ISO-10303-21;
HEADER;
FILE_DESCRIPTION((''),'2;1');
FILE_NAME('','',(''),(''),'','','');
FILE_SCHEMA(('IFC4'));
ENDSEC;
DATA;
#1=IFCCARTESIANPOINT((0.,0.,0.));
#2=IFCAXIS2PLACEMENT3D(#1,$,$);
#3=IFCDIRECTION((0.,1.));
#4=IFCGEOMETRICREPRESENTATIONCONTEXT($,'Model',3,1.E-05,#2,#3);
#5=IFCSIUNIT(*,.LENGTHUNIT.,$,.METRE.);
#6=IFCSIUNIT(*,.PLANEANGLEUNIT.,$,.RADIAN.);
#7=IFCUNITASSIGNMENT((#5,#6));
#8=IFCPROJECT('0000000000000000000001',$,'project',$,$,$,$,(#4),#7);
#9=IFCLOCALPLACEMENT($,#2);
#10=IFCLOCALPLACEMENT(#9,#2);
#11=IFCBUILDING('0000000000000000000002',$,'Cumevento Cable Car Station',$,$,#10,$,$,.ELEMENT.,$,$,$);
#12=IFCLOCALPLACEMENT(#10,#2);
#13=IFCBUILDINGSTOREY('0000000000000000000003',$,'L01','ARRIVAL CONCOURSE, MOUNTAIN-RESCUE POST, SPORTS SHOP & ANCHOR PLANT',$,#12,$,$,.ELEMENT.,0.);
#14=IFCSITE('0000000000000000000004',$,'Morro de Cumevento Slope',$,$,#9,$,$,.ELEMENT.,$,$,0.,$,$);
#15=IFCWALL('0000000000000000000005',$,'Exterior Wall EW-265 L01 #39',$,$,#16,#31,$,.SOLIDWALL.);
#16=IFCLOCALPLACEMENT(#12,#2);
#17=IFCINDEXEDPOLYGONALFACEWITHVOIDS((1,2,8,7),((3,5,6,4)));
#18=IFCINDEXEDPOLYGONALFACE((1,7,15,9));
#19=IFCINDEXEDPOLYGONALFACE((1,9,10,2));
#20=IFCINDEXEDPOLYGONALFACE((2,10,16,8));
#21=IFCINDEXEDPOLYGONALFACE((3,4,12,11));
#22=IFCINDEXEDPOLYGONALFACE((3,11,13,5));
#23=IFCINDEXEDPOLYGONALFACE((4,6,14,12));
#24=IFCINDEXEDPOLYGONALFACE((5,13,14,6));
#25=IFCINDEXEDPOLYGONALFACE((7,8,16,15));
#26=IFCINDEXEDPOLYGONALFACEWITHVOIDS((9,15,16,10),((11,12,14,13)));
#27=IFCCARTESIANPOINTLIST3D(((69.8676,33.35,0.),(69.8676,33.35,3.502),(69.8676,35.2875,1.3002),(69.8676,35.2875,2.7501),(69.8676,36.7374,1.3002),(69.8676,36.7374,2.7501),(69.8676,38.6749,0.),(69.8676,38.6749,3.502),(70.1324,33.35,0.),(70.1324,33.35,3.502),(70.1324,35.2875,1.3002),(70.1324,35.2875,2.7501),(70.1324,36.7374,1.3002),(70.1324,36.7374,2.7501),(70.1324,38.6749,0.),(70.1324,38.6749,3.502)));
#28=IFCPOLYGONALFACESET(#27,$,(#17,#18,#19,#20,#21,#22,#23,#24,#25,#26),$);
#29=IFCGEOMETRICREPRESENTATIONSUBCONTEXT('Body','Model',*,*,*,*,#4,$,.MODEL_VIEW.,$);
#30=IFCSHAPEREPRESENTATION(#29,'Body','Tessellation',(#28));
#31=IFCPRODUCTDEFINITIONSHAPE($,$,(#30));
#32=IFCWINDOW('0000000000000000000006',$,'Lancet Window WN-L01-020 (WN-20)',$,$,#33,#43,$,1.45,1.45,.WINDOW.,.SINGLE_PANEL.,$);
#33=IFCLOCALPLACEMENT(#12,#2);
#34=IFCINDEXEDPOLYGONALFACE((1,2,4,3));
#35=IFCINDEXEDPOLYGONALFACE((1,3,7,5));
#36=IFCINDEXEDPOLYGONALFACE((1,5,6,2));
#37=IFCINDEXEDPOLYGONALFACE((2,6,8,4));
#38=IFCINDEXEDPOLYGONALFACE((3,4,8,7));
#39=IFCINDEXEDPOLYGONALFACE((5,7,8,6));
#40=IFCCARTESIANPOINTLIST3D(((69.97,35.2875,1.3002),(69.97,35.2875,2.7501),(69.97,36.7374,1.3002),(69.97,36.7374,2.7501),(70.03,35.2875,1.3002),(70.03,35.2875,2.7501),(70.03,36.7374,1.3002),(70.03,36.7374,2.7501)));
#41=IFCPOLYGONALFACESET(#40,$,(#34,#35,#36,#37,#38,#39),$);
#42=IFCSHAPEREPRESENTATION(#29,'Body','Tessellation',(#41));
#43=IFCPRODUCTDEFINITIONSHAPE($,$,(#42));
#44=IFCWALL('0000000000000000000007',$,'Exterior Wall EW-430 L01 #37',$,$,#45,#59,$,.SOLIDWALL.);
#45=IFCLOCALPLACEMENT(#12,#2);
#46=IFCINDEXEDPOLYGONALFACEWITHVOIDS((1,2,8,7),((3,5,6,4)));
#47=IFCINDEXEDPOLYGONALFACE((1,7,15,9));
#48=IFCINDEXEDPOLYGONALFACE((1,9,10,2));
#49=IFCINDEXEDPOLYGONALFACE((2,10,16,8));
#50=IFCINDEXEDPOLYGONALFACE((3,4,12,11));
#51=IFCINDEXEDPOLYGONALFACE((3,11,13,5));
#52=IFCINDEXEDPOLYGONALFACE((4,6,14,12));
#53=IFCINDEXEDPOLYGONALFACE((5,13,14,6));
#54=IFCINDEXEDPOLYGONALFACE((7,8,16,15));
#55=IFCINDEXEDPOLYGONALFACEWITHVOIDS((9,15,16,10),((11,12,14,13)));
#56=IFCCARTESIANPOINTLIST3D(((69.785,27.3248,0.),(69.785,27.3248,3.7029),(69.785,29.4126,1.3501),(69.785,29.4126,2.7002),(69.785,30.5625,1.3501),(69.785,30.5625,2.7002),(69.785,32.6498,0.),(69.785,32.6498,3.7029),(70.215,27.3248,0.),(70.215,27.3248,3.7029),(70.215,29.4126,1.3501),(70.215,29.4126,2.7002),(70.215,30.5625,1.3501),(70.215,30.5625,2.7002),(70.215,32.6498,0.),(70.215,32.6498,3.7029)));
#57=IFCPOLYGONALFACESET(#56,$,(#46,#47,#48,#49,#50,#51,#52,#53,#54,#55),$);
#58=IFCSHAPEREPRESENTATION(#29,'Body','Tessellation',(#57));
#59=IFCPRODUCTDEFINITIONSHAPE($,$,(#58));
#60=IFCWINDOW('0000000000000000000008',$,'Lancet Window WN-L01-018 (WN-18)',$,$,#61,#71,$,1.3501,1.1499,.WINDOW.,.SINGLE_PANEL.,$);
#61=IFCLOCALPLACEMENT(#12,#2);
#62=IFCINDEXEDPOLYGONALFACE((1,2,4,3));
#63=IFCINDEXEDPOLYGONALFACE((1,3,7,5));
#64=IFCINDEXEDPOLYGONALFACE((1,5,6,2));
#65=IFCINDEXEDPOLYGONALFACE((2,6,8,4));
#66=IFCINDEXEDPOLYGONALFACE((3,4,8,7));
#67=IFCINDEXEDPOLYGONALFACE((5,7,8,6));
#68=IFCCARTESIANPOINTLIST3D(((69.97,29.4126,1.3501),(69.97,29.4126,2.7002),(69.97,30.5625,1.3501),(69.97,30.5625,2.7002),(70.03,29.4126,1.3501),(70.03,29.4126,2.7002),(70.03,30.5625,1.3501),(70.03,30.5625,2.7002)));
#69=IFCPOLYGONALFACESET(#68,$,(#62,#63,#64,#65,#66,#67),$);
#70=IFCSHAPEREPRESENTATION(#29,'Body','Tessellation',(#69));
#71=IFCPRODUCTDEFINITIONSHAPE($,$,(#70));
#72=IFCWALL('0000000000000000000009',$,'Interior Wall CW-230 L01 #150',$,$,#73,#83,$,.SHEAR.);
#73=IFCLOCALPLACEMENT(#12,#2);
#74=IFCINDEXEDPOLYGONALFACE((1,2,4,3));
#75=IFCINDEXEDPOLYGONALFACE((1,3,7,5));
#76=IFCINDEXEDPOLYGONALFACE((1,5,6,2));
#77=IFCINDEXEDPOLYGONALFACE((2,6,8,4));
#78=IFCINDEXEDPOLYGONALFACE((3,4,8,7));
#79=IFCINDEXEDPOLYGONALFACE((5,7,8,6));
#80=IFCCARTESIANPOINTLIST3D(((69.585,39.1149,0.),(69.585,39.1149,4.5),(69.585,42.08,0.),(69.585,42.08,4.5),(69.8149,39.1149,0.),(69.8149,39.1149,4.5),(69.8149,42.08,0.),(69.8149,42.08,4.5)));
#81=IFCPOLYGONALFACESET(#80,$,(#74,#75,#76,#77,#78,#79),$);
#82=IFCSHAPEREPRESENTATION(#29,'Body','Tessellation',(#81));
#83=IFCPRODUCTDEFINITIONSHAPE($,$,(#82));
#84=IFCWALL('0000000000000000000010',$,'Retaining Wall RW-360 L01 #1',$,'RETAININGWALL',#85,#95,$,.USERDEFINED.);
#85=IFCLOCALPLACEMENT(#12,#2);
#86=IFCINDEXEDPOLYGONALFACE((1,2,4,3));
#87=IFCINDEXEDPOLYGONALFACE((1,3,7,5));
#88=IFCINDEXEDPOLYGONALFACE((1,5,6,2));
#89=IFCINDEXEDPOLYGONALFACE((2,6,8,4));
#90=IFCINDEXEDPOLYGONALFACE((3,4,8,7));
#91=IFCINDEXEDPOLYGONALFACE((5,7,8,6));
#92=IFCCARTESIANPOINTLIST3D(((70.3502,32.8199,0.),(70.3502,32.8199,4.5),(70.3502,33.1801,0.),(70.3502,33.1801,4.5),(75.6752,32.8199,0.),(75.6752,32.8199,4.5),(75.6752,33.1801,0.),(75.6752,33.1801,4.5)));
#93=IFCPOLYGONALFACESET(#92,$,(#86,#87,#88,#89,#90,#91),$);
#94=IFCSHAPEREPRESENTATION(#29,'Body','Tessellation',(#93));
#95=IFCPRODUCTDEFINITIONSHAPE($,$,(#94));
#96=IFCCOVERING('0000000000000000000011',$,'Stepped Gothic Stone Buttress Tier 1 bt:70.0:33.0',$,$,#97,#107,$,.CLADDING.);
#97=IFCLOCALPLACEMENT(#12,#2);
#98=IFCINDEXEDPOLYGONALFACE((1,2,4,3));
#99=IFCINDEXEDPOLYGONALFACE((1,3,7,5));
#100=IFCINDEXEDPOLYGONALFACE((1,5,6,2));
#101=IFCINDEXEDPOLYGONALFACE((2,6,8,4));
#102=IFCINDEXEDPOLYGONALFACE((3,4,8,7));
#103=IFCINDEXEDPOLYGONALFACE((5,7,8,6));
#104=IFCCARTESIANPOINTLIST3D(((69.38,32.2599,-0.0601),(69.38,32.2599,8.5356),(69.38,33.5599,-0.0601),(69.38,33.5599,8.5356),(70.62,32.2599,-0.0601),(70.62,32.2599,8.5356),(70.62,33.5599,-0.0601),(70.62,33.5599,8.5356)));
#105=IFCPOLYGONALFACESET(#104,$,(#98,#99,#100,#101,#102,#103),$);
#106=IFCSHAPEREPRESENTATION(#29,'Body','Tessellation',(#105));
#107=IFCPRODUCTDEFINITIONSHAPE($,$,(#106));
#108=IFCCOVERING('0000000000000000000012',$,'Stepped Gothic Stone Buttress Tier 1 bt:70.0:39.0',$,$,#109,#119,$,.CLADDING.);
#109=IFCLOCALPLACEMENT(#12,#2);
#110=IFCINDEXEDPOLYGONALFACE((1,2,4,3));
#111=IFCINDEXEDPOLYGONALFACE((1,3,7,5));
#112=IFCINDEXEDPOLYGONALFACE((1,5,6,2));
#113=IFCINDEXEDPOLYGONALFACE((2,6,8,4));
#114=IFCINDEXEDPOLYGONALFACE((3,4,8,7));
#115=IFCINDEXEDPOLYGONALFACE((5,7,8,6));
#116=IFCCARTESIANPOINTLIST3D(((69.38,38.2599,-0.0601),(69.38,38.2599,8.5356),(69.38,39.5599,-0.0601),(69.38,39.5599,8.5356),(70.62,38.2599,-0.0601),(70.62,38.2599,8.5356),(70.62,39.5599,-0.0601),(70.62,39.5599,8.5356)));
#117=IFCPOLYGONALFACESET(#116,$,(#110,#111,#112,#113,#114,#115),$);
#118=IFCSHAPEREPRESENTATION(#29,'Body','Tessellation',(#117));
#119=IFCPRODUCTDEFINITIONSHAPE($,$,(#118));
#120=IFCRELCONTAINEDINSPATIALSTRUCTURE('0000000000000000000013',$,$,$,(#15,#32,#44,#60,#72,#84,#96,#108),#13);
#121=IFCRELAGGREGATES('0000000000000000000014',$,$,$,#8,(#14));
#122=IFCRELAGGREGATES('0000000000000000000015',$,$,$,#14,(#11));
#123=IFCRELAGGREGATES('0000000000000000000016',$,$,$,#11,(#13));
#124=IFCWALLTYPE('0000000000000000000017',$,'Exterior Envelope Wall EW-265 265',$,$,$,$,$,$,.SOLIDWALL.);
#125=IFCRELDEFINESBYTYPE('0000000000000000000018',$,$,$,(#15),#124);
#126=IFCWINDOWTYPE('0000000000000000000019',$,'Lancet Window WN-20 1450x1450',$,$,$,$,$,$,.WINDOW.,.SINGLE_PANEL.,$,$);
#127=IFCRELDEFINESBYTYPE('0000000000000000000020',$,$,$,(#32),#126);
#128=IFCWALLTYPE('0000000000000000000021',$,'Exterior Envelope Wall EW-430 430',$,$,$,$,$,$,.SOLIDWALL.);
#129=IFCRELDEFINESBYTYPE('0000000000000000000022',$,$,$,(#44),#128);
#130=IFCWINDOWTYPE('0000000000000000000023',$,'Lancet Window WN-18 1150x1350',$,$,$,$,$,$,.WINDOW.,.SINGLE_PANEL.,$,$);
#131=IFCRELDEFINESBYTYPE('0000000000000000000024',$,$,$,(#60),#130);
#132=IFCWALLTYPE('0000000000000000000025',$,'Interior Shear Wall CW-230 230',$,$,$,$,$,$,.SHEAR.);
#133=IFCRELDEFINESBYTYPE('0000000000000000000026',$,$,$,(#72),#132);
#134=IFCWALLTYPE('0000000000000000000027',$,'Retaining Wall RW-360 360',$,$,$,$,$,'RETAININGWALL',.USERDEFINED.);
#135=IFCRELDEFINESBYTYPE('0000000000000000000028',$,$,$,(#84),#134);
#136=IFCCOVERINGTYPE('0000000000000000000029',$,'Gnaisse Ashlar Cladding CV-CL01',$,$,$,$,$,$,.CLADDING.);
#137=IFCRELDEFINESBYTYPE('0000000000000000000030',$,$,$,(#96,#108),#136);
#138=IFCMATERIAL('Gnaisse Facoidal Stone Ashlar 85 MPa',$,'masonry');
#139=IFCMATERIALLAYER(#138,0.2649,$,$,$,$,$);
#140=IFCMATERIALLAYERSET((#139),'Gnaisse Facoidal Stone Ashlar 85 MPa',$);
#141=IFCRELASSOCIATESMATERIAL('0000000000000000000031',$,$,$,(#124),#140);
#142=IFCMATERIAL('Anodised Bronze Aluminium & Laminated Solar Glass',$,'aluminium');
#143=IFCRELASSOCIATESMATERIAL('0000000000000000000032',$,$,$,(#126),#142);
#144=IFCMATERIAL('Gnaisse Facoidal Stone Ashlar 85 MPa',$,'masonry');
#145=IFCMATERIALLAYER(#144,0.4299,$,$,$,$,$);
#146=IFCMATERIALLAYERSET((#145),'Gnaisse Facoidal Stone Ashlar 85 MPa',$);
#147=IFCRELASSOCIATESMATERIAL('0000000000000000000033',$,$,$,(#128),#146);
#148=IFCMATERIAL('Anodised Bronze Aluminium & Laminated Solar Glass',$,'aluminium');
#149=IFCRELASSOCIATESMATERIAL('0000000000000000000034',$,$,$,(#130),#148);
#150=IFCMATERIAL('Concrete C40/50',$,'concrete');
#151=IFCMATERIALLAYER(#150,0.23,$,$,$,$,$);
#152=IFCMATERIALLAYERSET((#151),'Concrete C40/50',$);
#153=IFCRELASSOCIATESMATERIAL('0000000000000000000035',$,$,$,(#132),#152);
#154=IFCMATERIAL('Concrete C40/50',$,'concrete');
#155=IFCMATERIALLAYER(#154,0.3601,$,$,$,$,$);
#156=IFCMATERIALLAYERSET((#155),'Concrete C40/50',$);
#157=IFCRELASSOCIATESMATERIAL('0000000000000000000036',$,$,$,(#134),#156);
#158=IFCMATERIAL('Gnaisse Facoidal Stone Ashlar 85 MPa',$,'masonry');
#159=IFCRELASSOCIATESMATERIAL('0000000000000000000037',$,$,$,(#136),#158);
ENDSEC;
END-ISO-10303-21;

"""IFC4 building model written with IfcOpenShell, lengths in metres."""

from ifc_helpers import new_model, si_unit, direction, frame, frame_2d, origin, origin_2d, place, context, subcontext, project, spatial, rectangle, extrude, material, layer, layer_set, type_object, element, fill, save


model = new_model("IFC4")

# Units and contexts
model_context = context("Model", 3, precision=1e-05, world=origin(), true_north=direction((0.0, 1.0)))
body_context = subcontext(model_context, "Body", "Model", "MODEL_VIEW")
ifc_project = project(units=[si_unit("LENGTHUNIT", "METRE"), si_unit("PLANEANGLEUNIT", "RADIAN")], contexts=[model_context])

# Site, building, storey
site_placement = place(None, origin())
site = spatial("IfcSite", under=ifc_project, at=site_placement, Name="Morro de Cumevento Slope", CompositionType="ELEMENT", RefElevation=0.0)
building_placement = place(site_placement, origin())
building = spatial("IfcBuilding", under=site, at=building_placement, Name="Cumevento Cable Car Station", CompositionType="ELEMENT")
storey_placement = place(building_placement, origin())
storey = spatial("IfcBuildingStorey", under=building, at=storey_placement, Name="L01", Description="ARRIVAL CONCOURSE, MOUNTAIN-RESCUE POST, SPORTS SHOP & ANCHOR PLANT", CompositionType="ELEMENT", Elevation=0.0)

# Walls, openings, windows
ifc_material_1 = material(Name="Gnaisse Facoidal Stone Ashlar 85 MPa", Category="masonry")
ifc_layer_1 = layer(ifc_material_1, 0.2649)
ifc_layer_set_1 = layer_set([ifc_layer_1], Name="Gnaisse Facoidal Stone Ashlar 85 MPa")
wall_type_1 = type_object("IfcWallType", Name="Exterior Envelope Wall EW-265 265", PredefinedType="SOLIDWALL", material=ifc_layer_set_1)
wall_1_placement = place(storey_placement, frame((70.0, 38.675, 0.0), z_axis=(0.0, 0.0, 1.0), x_axis=(0.0, -1.0, 0.0)))
wall_1 = element("IfcWall", 1, at=wall_1_placement, inside=storey, type_object=wall_type_1, Name="Exterior Wall EW-265 L01 #39", PredefinedType="SOLIDWALL", context=body_context, shape_type="SweptSolid", body=[
    extrude(rectangle(XDim=5.325, YDim=0.2649, at=frame_2d((2.6626, 0.0))), origin(), (0.0, 0.0, 1.0), 3.502),
])
opening_1_placement = place(wall_1_placement, frame((1.9375, 0.0, 1.3)))
opening_1 = element("IfcOpeningElement", 2, at=opening_1_placement, cuts=wall_1, PredefinedType="OPENING", context=body_context, shape_type="SweptSolid", body=[
    extrude(rectangle(XDim=1.45, YDim=1.45, at=frame_2d((0.7251, 0.7251))), frame((0.0, 0.1423, 0.0), z_axis=(0.0, -1.0, 0.0), x_axis=(1.0, 0.0, 0.0)), (0.0, 0.0, 1.0), 0.2849),
])
ifc_material_2 = material(Name="Anodised Bronze Aluminium & Laminated Solar Glass", Category="aluminium")
window_type_1 = type_object("IfcWindowType", Name="Lancet Window WN-20 1450x1450", PartitioningType="SINGLE_PANEL", PredefinedType="WINDOW", material=ifc_material_2)
window_1_placement = place(opening_1_placement, origin())
window_1 = element("IfcWindow", 3, at=window_1_placement, inside=storey, type_object=window_type_1, Name="Lancet Window WN-L01-020 (WN-20)", OverallHeight=1.45, OverallWidth=1.45, PartitioningType="SINGLE_PANEL", PredefinedType="WINDOW", context=body_context, shape_type="SweptSolid", body=[
    extrude(rectangle(XDim=1.45, YDim=1.45, at=frame_2d((0.7251, 0.7251))), frame((0.0, 0.03, 0.0), z_axis=(0.0, -1.0, 0.0), x_axis=(1.0, 0.0, 0.0)), (0.0, 0.0, 1.0), 0.0601),
])
fill(opening_1, window_1)
ifc_material_3 = material(Name="Gnaisse Facoidal Stone Ashlar 85 MPa", Category="masonry")
ifc_layer_2 = layer(ifc_material_3, 0.4299)
ifc_layer_set_2 = layer_set([ifc_layer_2], Name="Gnaisse Facoidal Stone Ashlar 85 MPa")
wall_type_2 = type_object("IfcWallType", Name="Exterior Envelope Wall EW-430 430", PredefinedType="SOLIDWALL", material=ifc_layer_set_2)
wall_2_placement = place(storey_placement, frame((70.0, 32.6499, 0.0), z_axis=(0.0, 0.0, 1.0), x_axis=(0.0, -1.0, 0.0)))
wall_2 = element("IfcWall", 4, at=wall_2_placement, inside=storey, type_object=wall_type_2, Name="Exterior Wall EW-430 L01 #37", PredefinedType="SOLIDWALL", context=body_context, shape_type="SweptSolid", body=[
    extrude(rectangle(XDim=5.325, YDim=0.4299, at=frame_2d((2.6626, 0.0))), origin(), (0.0, 0.0, 1.0), 3.7029),
])
opening_2_placement = place(wall_2_placement, frame((2.0874, 0.0, 1.3501)))
opening_2 = element("IfcOpeningElement", 5, at=opening_2_placement, cuts=wall_2, PredefinedType="OPENING", context=body_context, shape_type="SweptSolid", body=[
    extrude(rectangle(XDim=1.1499, YDim=1.3501, at=frame_2d((0.575, 0.675))), frame((0.0, 0.2249, 0.0), z_axis=(0.0, -1.0, 0.0), x_axis=(1.0, 0.0, 0.0)), (0.0, 0.0, 1.0), 0.45),
])
ifc_material_4 = material(Name="Anodised Bronze Aluminium & Laminated Solar Glass", Category="aluminium")
window_type_2 = type_object("IfcWindowType", Name="Lancet Window WN-18 1150x1350", PartitioningType="SINGLE_PANEL", PredefinedType="WINDOW", material=ifc_material_4)
window_2_placement = place(opening_2_placement, origin())
window_2 = element("IfcWindow", 6, at=window_2_placement, inside=storey, type_object=window_type_2, Name="Lancet Window WN-L01-018 (WN-18)", OverallHeight=1.3501, OverallWidth=1.1499, PartitioningType="SINGLE_PANEL", PredefinedType="WINDOW", context=body_context, shape_type="SweptSolid", body=[
    extrude(rectangle(XDim=1.1499, YDim=1.3501, at=frame_2d((0.575, 0.675))), frame((0.0, 0.03, 0.0), z_axis=(0.0, -1.0, 0.0), x_axis=(1.0, 0.0, 0.0)), (0.0, 0.0, 1.0), 0.0601),
])
fill(opening_2, window_2)

# Wall
ifc_material_5 = material(Name="Concrete C40/50", Category="concrete")
ifc_layer_3 = layer(ifc_material_5, 0.23)
ifc_layer_set_3 = layer_set([ifc_layer_3], Name="Concrete C40/50")
wall_type_3 = type_object("IfcWallType", Name="Interior Shear Wall CW-230 230", PredefinedType="SHEAR", material=ifc_layer_set_3)
wall_3_placement = place(storey_placement, frame((69.7, 39.115, 0.0), z_axis=(0.0, 0.0, 1.0), x_axis=(0.0, 1.0, 0.0)))
element("IfcWall", 7, at=wall_3_placement, inside=storey, type_object=wall_type_3, Name="Interior Wall CW-230 L01 #150", PredefinedType="SHEAR", context=body_context, shape_type="SweptSolid", body=[
    extrude(rectangle(XDim=2.9651, YDim=0.23, at=frame_2d((1.4824, 0.0))), origin(), (0.0, 0.0, 1.0), 4.5),
])

# Wall
ifc_material_6 = material(Name="Concrete C40/50", Category="concrete")
ifc_layer_4 = layer(ifc_material_6, 0.3601)
ifc_layer_set_4 = layer_set([ifc_layer_4], Name="Concrete C40/50")
wall_type_4 = type_object("IfcWallType", Name="Retaining Wall RW-360 360", ElementType="RETAININGWALL", PredefinedType="USERDEFINED", material=ifc_layer_set_4)
wall_4_placement = place(storey_placement, frame((70.3501, 33.0, 0.0), z_axis=(0.0, 0.0, 1.0), x_axis=(1.0, 0.0, 0.0)))
element("IfcWall", 8, at=wall_4_placement, inside=storey, type_object=wall_type_4, Name="Retaining Wall RW-360 L01 #1", ObjectType="RETAININGWALL", PredefinedType="USERDEFINED", context=body_context, shape_type="SweptSolid", body=[
    extrude(rectangle(XDim=5.325, YDim=0.3601, at=frame_2d((2.6626, 0.0))), origin(), (0.0, 0.0, 1.0), 4.5),
])

# Coverings
ifc_material_7 = material(Name="Gnaisse Facoidal Stone Ashlar 85 MPa", Category="masonry")
covering_type = type_object("IfcCoveringType", Name="Gnaisse Ashlar Cladding CV-CL01", PredefinedType="CLADDING", material=ifc_material_7)
for number, where, z_axis, x_axis, name in (
    (9, (70.0, 32.9099, -0.0601), (0.0, 0.0, 1.0), (1.0, 0.0, 0.0), "Stepped Gothic Stone Buttress Tier 1 bt:70.0:33.0"),
    (10, (70.0, 38.9099, -0.0601), (0.0, 0.0, 1.0), (1.0, 0.0, 0.0), "Stepped Gothic Stone Buttress Tier 1 bt:70.0:39.0"),
):
    element("IfcCovering", number, at=place(storey_placement, frame(where, z_axis=z_axis, x_axis=x_axis)), inside=storey, type_object=covering_type, Name=name, PredefinedType="CLADDING", context=body_context, shape_type="SweptSolid", body=[
        extrude(rectangle(XDim=1.24, YDim=1.3, at=origin_2d()), origin(), (0.0, 0.0, 1.0), 8.5957),
    ])

save(model, "model.ifc")
